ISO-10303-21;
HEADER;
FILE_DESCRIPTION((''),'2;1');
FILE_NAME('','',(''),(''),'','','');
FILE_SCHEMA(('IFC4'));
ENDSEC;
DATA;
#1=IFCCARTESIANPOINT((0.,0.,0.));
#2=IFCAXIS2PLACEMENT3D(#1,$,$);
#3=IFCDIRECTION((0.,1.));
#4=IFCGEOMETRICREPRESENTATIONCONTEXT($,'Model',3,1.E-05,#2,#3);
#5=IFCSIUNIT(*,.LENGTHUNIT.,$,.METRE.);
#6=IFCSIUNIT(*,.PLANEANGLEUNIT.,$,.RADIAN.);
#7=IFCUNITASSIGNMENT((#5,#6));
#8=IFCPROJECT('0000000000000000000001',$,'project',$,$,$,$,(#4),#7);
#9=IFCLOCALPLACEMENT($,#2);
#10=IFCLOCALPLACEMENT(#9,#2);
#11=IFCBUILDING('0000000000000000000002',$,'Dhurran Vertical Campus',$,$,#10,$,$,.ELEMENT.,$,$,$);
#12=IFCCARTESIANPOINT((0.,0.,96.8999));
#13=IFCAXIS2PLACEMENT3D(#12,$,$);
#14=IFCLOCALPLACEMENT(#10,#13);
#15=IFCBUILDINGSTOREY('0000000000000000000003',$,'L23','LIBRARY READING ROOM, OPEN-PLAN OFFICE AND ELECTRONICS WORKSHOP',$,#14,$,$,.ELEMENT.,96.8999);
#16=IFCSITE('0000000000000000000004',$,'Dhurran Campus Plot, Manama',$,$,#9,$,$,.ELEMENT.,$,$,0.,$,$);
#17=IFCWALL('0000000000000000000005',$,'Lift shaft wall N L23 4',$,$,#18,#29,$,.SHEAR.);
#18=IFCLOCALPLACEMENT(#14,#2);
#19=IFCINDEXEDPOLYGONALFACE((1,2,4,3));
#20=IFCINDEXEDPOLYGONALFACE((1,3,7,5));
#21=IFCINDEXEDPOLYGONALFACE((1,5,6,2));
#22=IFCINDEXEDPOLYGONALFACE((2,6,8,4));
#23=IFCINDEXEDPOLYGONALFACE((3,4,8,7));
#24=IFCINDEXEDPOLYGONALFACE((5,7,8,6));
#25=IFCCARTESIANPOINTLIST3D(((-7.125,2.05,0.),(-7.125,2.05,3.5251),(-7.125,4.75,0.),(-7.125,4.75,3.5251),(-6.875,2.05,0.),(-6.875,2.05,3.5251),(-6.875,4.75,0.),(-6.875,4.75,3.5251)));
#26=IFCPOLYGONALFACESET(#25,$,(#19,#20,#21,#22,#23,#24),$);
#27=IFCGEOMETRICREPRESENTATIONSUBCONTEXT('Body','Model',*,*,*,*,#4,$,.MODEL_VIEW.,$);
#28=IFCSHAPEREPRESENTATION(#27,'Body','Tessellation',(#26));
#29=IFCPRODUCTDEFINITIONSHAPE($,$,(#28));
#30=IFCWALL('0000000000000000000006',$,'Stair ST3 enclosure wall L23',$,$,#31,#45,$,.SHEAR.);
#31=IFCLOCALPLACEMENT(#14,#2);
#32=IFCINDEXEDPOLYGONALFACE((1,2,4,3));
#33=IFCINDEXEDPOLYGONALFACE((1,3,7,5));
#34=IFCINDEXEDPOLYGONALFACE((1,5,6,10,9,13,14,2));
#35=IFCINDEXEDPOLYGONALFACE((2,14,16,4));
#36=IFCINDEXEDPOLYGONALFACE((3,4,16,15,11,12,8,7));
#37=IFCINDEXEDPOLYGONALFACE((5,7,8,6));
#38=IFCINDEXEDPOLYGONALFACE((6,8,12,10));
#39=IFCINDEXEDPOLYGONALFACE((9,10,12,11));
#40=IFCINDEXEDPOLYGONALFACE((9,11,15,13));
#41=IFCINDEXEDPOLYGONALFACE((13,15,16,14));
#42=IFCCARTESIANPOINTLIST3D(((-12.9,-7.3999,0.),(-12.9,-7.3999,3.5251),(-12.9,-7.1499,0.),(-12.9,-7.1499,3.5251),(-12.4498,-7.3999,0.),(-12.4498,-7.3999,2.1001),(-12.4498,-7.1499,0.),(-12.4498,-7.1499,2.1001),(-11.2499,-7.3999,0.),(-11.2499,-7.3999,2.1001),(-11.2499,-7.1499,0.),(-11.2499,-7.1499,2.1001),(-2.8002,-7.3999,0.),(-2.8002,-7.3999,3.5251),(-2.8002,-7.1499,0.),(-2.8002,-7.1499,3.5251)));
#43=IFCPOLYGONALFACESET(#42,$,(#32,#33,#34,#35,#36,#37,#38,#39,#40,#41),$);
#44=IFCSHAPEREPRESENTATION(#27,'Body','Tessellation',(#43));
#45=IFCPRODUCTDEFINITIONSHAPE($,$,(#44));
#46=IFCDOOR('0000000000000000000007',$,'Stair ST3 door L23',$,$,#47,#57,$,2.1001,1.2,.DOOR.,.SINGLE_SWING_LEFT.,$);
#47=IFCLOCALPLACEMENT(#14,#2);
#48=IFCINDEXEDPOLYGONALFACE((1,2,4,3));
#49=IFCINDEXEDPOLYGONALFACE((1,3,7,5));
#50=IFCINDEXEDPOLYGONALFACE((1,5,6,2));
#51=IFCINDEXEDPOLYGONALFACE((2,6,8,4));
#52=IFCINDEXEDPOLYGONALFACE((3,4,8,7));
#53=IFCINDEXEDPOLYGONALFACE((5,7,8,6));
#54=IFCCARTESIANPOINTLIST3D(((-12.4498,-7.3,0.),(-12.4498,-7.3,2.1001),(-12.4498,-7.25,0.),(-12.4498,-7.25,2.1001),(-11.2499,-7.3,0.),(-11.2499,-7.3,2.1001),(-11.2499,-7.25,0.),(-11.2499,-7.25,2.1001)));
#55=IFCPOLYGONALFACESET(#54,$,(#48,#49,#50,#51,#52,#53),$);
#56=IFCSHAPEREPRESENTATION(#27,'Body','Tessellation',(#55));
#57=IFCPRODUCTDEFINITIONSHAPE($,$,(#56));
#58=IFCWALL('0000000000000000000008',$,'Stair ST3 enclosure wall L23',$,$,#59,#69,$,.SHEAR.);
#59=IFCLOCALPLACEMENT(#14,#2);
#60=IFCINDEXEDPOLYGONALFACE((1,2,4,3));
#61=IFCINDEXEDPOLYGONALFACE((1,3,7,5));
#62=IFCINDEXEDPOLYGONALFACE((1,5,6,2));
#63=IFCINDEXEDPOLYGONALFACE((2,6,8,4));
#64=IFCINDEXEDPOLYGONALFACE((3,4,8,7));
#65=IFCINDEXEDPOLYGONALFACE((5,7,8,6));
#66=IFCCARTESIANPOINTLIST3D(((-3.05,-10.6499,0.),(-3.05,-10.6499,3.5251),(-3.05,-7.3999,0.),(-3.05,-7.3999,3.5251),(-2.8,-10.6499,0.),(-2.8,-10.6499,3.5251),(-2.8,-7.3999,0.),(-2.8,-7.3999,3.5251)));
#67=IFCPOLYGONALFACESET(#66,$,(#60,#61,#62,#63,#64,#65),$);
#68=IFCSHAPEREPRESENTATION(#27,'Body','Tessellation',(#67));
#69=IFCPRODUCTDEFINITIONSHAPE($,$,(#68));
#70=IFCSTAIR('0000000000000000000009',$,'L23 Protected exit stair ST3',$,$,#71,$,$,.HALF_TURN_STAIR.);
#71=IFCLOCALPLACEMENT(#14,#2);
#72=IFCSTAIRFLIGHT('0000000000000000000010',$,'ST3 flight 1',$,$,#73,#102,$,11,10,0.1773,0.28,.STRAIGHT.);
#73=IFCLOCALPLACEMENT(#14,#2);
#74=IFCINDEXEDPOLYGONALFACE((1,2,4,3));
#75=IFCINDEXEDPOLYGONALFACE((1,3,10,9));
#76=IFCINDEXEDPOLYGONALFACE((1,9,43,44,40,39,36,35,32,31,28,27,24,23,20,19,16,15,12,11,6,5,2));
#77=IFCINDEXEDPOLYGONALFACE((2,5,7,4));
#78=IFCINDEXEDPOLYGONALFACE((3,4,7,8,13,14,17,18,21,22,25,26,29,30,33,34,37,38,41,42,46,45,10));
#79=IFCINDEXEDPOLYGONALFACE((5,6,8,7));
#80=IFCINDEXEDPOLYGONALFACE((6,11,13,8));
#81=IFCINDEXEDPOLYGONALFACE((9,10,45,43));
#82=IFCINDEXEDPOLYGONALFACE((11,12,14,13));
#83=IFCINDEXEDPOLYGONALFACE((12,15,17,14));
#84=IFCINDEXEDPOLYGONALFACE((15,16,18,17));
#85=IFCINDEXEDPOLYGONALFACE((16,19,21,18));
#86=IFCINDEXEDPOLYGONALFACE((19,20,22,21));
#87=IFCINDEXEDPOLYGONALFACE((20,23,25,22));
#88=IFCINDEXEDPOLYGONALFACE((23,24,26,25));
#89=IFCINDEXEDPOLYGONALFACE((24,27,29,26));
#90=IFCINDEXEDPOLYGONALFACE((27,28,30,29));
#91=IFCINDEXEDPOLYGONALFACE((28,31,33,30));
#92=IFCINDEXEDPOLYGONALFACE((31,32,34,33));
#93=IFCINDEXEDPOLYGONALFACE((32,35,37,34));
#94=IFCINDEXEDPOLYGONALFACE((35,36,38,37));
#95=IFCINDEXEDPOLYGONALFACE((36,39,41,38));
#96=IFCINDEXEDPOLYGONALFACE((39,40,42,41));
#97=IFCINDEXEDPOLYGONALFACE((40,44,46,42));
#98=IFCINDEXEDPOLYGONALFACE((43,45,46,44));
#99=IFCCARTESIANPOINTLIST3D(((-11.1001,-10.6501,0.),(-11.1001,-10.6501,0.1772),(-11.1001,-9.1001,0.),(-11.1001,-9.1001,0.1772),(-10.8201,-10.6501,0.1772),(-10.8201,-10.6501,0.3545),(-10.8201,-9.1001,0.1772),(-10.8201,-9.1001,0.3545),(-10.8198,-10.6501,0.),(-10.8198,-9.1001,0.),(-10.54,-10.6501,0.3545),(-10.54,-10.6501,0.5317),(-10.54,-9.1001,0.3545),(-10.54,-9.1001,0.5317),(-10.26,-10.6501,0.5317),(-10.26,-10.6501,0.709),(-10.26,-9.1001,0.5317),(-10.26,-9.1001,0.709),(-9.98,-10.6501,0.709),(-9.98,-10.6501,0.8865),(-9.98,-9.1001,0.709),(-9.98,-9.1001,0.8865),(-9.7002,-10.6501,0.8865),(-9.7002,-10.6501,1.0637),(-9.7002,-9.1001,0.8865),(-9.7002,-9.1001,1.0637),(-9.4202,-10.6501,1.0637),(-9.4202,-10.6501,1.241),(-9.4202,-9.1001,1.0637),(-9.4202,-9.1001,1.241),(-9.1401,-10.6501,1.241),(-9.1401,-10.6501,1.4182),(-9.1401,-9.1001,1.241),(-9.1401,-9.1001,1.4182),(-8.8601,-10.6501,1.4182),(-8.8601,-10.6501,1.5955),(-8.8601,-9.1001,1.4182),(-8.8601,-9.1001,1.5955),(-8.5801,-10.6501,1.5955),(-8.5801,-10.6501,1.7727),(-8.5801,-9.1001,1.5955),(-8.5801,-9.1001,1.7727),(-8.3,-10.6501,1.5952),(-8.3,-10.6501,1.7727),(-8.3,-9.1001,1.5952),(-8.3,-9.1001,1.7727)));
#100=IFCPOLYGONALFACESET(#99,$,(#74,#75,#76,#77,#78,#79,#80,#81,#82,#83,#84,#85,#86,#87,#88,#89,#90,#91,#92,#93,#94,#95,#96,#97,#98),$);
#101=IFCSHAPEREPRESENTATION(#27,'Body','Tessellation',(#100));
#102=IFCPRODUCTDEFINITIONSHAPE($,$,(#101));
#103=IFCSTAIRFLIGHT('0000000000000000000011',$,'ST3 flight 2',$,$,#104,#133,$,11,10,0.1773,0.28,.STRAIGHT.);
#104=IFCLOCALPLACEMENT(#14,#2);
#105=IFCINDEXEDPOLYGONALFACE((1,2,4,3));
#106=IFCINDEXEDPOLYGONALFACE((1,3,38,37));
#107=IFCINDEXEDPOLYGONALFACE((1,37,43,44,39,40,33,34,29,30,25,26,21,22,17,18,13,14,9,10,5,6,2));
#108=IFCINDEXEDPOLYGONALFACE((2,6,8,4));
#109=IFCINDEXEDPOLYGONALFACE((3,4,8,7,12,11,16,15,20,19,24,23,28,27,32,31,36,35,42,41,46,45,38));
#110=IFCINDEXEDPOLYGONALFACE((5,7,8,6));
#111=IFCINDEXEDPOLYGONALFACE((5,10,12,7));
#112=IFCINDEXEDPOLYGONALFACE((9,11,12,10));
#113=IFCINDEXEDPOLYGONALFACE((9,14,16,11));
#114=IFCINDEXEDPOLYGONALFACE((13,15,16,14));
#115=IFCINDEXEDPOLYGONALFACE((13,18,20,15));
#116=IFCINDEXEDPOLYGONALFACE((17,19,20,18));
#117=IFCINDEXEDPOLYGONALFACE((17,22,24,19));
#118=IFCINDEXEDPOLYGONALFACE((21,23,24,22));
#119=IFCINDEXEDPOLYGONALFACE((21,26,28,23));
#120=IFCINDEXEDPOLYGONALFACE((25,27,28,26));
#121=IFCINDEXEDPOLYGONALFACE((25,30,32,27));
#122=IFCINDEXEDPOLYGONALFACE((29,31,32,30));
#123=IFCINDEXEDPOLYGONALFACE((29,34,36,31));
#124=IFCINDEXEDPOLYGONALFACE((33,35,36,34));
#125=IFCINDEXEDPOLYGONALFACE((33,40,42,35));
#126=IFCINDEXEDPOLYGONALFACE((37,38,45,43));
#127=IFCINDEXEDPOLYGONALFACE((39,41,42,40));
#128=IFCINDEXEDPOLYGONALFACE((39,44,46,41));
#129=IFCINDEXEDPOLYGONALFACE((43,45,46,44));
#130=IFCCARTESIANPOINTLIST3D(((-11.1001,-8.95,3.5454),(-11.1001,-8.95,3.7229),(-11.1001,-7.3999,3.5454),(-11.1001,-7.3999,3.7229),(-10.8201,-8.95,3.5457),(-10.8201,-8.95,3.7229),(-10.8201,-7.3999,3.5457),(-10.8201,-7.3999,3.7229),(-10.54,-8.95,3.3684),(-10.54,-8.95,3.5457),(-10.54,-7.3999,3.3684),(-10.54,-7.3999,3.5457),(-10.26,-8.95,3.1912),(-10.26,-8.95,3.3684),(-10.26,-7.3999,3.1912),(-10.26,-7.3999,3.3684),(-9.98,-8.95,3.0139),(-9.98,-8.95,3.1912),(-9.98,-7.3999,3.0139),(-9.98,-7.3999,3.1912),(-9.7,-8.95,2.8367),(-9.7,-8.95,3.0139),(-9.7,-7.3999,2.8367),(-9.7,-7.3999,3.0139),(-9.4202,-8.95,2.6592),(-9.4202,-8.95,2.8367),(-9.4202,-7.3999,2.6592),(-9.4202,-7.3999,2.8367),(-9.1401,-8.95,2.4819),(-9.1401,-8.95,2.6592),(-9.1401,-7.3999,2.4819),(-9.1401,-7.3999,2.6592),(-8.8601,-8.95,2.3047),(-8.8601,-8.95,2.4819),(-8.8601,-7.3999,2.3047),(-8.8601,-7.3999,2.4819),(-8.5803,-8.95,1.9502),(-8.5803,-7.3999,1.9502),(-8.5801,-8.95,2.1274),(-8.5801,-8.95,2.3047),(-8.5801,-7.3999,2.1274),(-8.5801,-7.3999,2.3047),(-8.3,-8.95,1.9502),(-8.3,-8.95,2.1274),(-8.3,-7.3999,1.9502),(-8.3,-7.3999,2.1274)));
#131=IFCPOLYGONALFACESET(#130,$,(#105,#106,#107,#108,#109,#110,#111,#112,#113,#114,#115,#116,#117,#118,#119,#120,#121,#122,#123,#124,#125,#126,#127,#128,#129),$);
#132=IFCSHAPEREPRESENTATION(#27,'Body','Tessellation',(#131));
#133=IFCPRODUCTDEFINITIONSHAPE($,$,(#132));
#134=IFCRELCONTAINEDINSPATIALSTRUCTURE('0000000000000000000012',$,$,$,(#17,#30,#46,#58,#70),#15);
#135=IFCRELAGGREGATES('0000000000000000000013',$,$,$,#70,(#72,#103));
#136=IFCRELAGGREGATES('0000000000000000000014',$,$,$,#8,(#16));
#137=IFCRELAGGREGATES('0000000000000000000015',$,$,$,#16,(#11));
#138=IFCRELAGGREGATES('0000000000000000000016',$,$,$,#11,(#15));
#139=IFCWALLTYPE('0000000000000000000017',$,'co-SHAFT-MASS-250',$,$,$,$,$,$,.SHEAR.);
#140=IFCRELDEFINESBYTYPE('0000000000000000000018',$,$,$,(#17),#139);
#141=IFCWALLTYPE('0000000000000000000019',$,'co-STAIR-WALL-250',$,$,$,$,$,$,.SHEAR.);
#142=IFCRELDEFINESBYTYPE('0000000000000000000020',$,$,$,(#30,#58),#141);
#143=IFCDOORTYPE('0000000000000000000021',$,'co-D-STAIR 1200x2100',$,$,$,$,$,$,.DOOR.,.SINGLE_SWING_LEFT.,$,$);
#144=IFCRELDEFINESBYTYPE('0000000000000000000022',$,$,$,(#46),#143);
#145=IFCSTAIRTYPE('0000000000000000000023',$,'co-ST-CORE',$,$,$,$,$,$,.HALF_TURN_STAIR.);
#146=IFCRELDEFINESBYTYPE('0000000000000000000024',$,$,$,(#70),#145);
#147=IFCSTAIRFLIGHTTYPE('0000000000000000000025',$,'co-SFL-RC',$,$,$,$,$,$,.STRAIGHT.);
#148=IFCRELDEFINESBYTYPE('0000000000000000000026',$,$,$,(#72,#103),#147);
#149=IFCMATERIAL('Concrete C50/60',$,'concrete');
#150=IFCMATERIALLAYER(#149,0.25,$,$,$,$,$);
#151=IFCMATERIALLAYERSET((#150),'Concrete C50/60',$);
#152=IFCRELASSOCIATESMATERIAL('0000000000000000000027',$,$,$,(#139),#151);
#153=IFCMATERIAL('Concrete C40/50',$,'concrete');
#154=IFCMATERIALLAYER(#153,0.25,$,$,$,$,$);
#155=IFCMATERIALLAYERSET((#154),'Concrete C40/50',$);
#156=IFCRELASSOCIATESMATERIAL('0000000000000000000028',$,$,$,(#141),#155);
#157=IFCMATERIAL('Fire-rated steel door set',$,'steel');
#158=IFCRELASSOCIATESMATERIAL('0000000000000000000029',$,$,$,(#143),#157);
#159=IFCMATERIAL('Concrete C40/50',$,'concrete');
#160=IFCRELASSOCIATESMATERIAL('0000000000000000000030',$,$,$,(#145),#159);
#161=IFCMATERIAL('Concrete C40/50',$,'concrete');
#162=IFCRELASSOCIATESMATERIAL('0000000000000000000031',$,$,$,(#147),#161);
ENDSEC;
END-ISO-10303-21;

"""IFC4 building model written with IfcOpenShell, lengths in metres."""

from ifc_helpers import new_model, si_unit, direction, frame, frame_2d, origin, place, context, subcontext, project, spatial, polyline, rectangle, outline, extrude, material, layer, layer_set, type_object, element, fill, aggregate, save


model = new_model("IFC4")

# Units and contexts
model_context = context("Model", 3, precision=1e-05, world=origin(), true_north=direction((0.0, 1.0)))
body_context = subcontext(model_context, "Body", "Model", "MODEL_VIEW")
ifc_project = project(units=[si_unit("LENGTHUNIT", "METRE"), si_unit("PLANEANGLEUNIT", "RADIAN")], contexts=[model_context])

# Site, building, storey
site_placement = place(None, origin())
site = spatial("IfcSite", under=ifc_project, at=site_placement, Name="Dhurran Campus Plot, Manama", CompositionType="ELEMENT", RefElevation=0.0)
building_placement = place(site_placement, origin())
building = spatial("IfcBuilding", under=site, at=building_placement, Name="Dhurran Vertical Campus", CompositionType="ELEMENT")
storey_placement = place(building_placement, frame((0.0, 0.0, 96.8999)))
storey = spatial("IfcBuildingStorey", under=building, at=storey_placement, Name="L23", Description="LIBRARY READING ROOM, OPEN-PLAN OFFICE AND ELECTRONICS WORKSHOP", CompositionType="ELEMENT", Elevation=96.8999)

# Wall
ifc_material_1 = material(Name="Concrete C50/60", Category="concrete")
ifc_layer_1 = layer(ifc_material_1, 0.25)
ifc_layer_set_1 = layer_set([ifc_layer_1], Name="Concrete C50/60")
wall_type_1 = type_object("IfcWallType", Name="co-SHAFT-MASS-250", PredefinedType="SHEAR", material=ifc_layer_set_1)
wall_1_placement = place(storey_placement, origin())
element("IfcWall", 1, at=wall_1_placement, inside=storey, type_object=wall_type_1, Name="Lift shaft wall N L23 4", PredefinedType="SHEAR", context=body_context, shape_type="SweptSolid", body=[
    extrude(outline(polyline([(-7.125, 2.05), (-6.875, 2.05), (-6.875, 4.75), (-7.125, 4.75), (-7.125, 2.05)])), origin(), (0.0, 0.0, 1.0), 3.5251),
])

# Wall, opening, door
ifc_material_2 = material(Name="Concrete C40/50", Category="concrete")
ifc_layer_2 = layer(ifc_material_2, 0.25)
ifc_layer_set_2 = layer_set([ifc_layer_2], Name="Concrete C40/50")
wall_type_2 = type_object("IfcWallType", Name="co-STAIR-WALL-250", PredefinedType="SHEAR", material=ifc_layer_set_2)
wall_2_placement = place(storey_placement, frame((-12.8999, -7.2749, 0.0), z_axis=(0.0, 0.0, 1.0), x_axis=(1.0, 0.0, 0.0)))
wall_2 = element("IfcWall", 2, at=wall_2_placement, inside=storey, type_object=wall_type_2, Name="Stair ST3 enclosure wall L23", PredefinedType="SHEAR", context=body_context, shape_type="SweptSolid", body=[
    extrude(rectangle(XDim=10.0999, YDim=0.25, at=frame_2d((5.0498, 0.0))), origin(), (0.0, 0.0, 1.0), 3.5251),
])
opening_1_placement = place(wall_2_placement, frame((0.45, 0.0, 0.0)))
opening_1 = element("IfcOpeningElement", 3, at=opening_1_placement, cuts=wall_2, PredefinedType="OPENING", context=body_context, shape_type="SweptSolid", body=[
    extrude(rectangle(XDim=1.2, YDim=2.1001, at=frame_2d((0.6001, 1.05))), frame((0.0, 0.135, 0.0), z_axis=(0.0, -1.0, 0.0), x_axis=(1.0, 0.0, 0.0)), (0.0, 0.0, 1.0), 0.27),
])
ifc_material_3 = material(Name="Fire-rated steel door set", Category="steel")
door_type_1 = type_object("IfcDoorType", Name="co-D-STAIR 1200x2100", OperationType="SINGLE_SWING_LEFT", PredefinedType="DOOR", material=ifc_material_3)
door_1_placement = place(opening_1_placement, origin())
door_1 = element("IfcDoor", 4, at=door_1_placement, inside=storey, type_object=door_type_1, Name="Stair ST3 door L23", OperationType="SINGLE_SWING_LEFT", OverallHeight=2.1001, OverallWidth=1.2, PredefinedType="DOOR", context=body_context, shape_type="SweptSolid", body=[
    extrude(rectangle(XDim=1.2, YDim=2.1001, at=frame_2d((0.6001, 1.05))), frame((0.0, 0.0249, 0.0), z_axis=(0.0, -1.0, 0.0), x_axis=(1.0, 0.0, 0.0)), (0.0, 0.0, 1.0), 0.05),
])
fill(opening_1, door_1)

# Wall
wall_3_placement = place(storey_placement, frame((-2.925, -10.6499, 0.0), z_axis=(0.0, 0.0, 1.0), x_axis=(0.0, 1.0, 0.0)))
element("IfcWall", 5, at=wall_3_placement, inside=storey, type_object=wall_type_2, Name="Stair ST3 enclosure wall L23", PredefinedType="SHEAR", context=body_context, shape_type="SweptSolid", body=[
    extrude(rectangle(XDim=3.25, YDim=0.25, at=frame_2d((1.625, 0.0))), origin(), (0.0, 0.0, 1.0), 3.5251),
])

# Stair, stair flights
ifc_material_4 = material(Name="Concrete C40/50", Category="concrete")
stair_type = type_object("IfcStairType", Name="co-ST-CORE", PredefinedType="HALF_TURN_STAIR", material=ifc_material_4)
stair_placement = place(storey_placement, origin())
stair = element("IfcStair", 6, at=stair_placement, inside=storey, type_object=stair_type, Name="L23 Protected exit stair ST3", PredefinedType="HALF_TURN_STAIR")
ifc_material_5 = material(Name="Concrete C40/50", Category="concrete")
stair_flight_type = type_object("IfcStairFlightType", Name="co-SFL-RC", PredefinedType="STRAIGHT", material=ifc_material_5)
stair_flight_1_placement = place(storey_placement, frame((-11.1001, -9.875, 0.0), z_axis=(0.0, 0.0, 1.0), x_axis=(1.0, 0.0, 0.0)))
stair_flight_1 = element("IfcStairFlight", 7, at=stair_flight_1_placement, type_object=stair_flight_type, Name="ST3 flight 1", NumberOfRisers=11, NumberOfTreads=10, PredefinedType="STRAIGHT", RiserHeight=0.1773, TreadLength=0.28, context=body_context, shape_type="SweptSolid", body=[
    extrude(outline(polyline([(0.0, 0.0), (0.0, 0.1772), (0.28, 0.1772), (0.28, 0.3545), (0.5601, 0.3545), (0.5601, 0.5317), (0.8401, 0.5317), (0.8401, 0.709), (1.1201, 0.709), (1.1201, 0.8865), (1.3999, 0.8865), (1.3999, 1.0637), (1.6799, 1.0637), (1.6799, 1.241), (1.96, 1.241), (1.96, 1.4182), (2.24, 1.4182), (2.24, 1.5955), (2.52, 1.5955), (2.52, 1.7727), (2.8, 1.7727), (2.8, 1.95), (2.8, 1.5952), (0.2803, 0.0), (0.0, 0.0)])), frame((0.0, 0.7749, 0.0), z_axis=(0.0, -1.0, 0.0), x_axis=(1.0, 0.0, 0.0)), (0.0, 0.0, 1.0), 1.55),
])
stair_flight_2_placement = place(storey_placement, frame((-8.3, -8.175, 1.9502), z_axis=(0.0, 0.0, 1.0), x_axis=(-1.0, 0.0, 0.0)))
stair_flight_2 = element("IfcStairFlight", 8, at=stair_flight_2_placement, type_object=stair_flight_type, Name="ST3 flight 2", NumberOfRisers=11, NumberOfTreads=10, PredefinedType="STRAIGHT", RiserHeight=0.1773, TreadLength=0.28, context=body_context, shape_type="SweptSolid", body=[
    extrude(outline(polyline([(0.0, 0.0), (0.0, 0.1772), (0.28, 0.1772), (0.28, 0.3545), (0.5601, 0.3545), (0.5601, 0.5317), (0.8401, 0.5317), (0.8401, 0.709), (1.1201, 0.709), (1.1201, 0.8865), (1.3999, 0.8865), (1.3999, 1.0637), (1.6799, 1.0637), (1.6799, 1.241), (1.96, 1.241), (1.96, 1.4182), (2.24, 1.4182), (2.24, 1.5955), (2.52, 1.5955), (2.52, 1.7727), (2.8, 1.7727), (2.8, 1.95), (2.8, 1.5952), (0.2803, 0.0), (0.0, 0.0)])), frame((0.0, 0.7749, 0.0), z_axis=(0.0, -1.0, 0.0), x_axis=(1.0, 0.0, 0.0)), (0.0, 0.0, 1.0), 1.55),
])
aggregate(stair, [stair_flight_1, stair_flight_2])

save(model, "model.ifc")
